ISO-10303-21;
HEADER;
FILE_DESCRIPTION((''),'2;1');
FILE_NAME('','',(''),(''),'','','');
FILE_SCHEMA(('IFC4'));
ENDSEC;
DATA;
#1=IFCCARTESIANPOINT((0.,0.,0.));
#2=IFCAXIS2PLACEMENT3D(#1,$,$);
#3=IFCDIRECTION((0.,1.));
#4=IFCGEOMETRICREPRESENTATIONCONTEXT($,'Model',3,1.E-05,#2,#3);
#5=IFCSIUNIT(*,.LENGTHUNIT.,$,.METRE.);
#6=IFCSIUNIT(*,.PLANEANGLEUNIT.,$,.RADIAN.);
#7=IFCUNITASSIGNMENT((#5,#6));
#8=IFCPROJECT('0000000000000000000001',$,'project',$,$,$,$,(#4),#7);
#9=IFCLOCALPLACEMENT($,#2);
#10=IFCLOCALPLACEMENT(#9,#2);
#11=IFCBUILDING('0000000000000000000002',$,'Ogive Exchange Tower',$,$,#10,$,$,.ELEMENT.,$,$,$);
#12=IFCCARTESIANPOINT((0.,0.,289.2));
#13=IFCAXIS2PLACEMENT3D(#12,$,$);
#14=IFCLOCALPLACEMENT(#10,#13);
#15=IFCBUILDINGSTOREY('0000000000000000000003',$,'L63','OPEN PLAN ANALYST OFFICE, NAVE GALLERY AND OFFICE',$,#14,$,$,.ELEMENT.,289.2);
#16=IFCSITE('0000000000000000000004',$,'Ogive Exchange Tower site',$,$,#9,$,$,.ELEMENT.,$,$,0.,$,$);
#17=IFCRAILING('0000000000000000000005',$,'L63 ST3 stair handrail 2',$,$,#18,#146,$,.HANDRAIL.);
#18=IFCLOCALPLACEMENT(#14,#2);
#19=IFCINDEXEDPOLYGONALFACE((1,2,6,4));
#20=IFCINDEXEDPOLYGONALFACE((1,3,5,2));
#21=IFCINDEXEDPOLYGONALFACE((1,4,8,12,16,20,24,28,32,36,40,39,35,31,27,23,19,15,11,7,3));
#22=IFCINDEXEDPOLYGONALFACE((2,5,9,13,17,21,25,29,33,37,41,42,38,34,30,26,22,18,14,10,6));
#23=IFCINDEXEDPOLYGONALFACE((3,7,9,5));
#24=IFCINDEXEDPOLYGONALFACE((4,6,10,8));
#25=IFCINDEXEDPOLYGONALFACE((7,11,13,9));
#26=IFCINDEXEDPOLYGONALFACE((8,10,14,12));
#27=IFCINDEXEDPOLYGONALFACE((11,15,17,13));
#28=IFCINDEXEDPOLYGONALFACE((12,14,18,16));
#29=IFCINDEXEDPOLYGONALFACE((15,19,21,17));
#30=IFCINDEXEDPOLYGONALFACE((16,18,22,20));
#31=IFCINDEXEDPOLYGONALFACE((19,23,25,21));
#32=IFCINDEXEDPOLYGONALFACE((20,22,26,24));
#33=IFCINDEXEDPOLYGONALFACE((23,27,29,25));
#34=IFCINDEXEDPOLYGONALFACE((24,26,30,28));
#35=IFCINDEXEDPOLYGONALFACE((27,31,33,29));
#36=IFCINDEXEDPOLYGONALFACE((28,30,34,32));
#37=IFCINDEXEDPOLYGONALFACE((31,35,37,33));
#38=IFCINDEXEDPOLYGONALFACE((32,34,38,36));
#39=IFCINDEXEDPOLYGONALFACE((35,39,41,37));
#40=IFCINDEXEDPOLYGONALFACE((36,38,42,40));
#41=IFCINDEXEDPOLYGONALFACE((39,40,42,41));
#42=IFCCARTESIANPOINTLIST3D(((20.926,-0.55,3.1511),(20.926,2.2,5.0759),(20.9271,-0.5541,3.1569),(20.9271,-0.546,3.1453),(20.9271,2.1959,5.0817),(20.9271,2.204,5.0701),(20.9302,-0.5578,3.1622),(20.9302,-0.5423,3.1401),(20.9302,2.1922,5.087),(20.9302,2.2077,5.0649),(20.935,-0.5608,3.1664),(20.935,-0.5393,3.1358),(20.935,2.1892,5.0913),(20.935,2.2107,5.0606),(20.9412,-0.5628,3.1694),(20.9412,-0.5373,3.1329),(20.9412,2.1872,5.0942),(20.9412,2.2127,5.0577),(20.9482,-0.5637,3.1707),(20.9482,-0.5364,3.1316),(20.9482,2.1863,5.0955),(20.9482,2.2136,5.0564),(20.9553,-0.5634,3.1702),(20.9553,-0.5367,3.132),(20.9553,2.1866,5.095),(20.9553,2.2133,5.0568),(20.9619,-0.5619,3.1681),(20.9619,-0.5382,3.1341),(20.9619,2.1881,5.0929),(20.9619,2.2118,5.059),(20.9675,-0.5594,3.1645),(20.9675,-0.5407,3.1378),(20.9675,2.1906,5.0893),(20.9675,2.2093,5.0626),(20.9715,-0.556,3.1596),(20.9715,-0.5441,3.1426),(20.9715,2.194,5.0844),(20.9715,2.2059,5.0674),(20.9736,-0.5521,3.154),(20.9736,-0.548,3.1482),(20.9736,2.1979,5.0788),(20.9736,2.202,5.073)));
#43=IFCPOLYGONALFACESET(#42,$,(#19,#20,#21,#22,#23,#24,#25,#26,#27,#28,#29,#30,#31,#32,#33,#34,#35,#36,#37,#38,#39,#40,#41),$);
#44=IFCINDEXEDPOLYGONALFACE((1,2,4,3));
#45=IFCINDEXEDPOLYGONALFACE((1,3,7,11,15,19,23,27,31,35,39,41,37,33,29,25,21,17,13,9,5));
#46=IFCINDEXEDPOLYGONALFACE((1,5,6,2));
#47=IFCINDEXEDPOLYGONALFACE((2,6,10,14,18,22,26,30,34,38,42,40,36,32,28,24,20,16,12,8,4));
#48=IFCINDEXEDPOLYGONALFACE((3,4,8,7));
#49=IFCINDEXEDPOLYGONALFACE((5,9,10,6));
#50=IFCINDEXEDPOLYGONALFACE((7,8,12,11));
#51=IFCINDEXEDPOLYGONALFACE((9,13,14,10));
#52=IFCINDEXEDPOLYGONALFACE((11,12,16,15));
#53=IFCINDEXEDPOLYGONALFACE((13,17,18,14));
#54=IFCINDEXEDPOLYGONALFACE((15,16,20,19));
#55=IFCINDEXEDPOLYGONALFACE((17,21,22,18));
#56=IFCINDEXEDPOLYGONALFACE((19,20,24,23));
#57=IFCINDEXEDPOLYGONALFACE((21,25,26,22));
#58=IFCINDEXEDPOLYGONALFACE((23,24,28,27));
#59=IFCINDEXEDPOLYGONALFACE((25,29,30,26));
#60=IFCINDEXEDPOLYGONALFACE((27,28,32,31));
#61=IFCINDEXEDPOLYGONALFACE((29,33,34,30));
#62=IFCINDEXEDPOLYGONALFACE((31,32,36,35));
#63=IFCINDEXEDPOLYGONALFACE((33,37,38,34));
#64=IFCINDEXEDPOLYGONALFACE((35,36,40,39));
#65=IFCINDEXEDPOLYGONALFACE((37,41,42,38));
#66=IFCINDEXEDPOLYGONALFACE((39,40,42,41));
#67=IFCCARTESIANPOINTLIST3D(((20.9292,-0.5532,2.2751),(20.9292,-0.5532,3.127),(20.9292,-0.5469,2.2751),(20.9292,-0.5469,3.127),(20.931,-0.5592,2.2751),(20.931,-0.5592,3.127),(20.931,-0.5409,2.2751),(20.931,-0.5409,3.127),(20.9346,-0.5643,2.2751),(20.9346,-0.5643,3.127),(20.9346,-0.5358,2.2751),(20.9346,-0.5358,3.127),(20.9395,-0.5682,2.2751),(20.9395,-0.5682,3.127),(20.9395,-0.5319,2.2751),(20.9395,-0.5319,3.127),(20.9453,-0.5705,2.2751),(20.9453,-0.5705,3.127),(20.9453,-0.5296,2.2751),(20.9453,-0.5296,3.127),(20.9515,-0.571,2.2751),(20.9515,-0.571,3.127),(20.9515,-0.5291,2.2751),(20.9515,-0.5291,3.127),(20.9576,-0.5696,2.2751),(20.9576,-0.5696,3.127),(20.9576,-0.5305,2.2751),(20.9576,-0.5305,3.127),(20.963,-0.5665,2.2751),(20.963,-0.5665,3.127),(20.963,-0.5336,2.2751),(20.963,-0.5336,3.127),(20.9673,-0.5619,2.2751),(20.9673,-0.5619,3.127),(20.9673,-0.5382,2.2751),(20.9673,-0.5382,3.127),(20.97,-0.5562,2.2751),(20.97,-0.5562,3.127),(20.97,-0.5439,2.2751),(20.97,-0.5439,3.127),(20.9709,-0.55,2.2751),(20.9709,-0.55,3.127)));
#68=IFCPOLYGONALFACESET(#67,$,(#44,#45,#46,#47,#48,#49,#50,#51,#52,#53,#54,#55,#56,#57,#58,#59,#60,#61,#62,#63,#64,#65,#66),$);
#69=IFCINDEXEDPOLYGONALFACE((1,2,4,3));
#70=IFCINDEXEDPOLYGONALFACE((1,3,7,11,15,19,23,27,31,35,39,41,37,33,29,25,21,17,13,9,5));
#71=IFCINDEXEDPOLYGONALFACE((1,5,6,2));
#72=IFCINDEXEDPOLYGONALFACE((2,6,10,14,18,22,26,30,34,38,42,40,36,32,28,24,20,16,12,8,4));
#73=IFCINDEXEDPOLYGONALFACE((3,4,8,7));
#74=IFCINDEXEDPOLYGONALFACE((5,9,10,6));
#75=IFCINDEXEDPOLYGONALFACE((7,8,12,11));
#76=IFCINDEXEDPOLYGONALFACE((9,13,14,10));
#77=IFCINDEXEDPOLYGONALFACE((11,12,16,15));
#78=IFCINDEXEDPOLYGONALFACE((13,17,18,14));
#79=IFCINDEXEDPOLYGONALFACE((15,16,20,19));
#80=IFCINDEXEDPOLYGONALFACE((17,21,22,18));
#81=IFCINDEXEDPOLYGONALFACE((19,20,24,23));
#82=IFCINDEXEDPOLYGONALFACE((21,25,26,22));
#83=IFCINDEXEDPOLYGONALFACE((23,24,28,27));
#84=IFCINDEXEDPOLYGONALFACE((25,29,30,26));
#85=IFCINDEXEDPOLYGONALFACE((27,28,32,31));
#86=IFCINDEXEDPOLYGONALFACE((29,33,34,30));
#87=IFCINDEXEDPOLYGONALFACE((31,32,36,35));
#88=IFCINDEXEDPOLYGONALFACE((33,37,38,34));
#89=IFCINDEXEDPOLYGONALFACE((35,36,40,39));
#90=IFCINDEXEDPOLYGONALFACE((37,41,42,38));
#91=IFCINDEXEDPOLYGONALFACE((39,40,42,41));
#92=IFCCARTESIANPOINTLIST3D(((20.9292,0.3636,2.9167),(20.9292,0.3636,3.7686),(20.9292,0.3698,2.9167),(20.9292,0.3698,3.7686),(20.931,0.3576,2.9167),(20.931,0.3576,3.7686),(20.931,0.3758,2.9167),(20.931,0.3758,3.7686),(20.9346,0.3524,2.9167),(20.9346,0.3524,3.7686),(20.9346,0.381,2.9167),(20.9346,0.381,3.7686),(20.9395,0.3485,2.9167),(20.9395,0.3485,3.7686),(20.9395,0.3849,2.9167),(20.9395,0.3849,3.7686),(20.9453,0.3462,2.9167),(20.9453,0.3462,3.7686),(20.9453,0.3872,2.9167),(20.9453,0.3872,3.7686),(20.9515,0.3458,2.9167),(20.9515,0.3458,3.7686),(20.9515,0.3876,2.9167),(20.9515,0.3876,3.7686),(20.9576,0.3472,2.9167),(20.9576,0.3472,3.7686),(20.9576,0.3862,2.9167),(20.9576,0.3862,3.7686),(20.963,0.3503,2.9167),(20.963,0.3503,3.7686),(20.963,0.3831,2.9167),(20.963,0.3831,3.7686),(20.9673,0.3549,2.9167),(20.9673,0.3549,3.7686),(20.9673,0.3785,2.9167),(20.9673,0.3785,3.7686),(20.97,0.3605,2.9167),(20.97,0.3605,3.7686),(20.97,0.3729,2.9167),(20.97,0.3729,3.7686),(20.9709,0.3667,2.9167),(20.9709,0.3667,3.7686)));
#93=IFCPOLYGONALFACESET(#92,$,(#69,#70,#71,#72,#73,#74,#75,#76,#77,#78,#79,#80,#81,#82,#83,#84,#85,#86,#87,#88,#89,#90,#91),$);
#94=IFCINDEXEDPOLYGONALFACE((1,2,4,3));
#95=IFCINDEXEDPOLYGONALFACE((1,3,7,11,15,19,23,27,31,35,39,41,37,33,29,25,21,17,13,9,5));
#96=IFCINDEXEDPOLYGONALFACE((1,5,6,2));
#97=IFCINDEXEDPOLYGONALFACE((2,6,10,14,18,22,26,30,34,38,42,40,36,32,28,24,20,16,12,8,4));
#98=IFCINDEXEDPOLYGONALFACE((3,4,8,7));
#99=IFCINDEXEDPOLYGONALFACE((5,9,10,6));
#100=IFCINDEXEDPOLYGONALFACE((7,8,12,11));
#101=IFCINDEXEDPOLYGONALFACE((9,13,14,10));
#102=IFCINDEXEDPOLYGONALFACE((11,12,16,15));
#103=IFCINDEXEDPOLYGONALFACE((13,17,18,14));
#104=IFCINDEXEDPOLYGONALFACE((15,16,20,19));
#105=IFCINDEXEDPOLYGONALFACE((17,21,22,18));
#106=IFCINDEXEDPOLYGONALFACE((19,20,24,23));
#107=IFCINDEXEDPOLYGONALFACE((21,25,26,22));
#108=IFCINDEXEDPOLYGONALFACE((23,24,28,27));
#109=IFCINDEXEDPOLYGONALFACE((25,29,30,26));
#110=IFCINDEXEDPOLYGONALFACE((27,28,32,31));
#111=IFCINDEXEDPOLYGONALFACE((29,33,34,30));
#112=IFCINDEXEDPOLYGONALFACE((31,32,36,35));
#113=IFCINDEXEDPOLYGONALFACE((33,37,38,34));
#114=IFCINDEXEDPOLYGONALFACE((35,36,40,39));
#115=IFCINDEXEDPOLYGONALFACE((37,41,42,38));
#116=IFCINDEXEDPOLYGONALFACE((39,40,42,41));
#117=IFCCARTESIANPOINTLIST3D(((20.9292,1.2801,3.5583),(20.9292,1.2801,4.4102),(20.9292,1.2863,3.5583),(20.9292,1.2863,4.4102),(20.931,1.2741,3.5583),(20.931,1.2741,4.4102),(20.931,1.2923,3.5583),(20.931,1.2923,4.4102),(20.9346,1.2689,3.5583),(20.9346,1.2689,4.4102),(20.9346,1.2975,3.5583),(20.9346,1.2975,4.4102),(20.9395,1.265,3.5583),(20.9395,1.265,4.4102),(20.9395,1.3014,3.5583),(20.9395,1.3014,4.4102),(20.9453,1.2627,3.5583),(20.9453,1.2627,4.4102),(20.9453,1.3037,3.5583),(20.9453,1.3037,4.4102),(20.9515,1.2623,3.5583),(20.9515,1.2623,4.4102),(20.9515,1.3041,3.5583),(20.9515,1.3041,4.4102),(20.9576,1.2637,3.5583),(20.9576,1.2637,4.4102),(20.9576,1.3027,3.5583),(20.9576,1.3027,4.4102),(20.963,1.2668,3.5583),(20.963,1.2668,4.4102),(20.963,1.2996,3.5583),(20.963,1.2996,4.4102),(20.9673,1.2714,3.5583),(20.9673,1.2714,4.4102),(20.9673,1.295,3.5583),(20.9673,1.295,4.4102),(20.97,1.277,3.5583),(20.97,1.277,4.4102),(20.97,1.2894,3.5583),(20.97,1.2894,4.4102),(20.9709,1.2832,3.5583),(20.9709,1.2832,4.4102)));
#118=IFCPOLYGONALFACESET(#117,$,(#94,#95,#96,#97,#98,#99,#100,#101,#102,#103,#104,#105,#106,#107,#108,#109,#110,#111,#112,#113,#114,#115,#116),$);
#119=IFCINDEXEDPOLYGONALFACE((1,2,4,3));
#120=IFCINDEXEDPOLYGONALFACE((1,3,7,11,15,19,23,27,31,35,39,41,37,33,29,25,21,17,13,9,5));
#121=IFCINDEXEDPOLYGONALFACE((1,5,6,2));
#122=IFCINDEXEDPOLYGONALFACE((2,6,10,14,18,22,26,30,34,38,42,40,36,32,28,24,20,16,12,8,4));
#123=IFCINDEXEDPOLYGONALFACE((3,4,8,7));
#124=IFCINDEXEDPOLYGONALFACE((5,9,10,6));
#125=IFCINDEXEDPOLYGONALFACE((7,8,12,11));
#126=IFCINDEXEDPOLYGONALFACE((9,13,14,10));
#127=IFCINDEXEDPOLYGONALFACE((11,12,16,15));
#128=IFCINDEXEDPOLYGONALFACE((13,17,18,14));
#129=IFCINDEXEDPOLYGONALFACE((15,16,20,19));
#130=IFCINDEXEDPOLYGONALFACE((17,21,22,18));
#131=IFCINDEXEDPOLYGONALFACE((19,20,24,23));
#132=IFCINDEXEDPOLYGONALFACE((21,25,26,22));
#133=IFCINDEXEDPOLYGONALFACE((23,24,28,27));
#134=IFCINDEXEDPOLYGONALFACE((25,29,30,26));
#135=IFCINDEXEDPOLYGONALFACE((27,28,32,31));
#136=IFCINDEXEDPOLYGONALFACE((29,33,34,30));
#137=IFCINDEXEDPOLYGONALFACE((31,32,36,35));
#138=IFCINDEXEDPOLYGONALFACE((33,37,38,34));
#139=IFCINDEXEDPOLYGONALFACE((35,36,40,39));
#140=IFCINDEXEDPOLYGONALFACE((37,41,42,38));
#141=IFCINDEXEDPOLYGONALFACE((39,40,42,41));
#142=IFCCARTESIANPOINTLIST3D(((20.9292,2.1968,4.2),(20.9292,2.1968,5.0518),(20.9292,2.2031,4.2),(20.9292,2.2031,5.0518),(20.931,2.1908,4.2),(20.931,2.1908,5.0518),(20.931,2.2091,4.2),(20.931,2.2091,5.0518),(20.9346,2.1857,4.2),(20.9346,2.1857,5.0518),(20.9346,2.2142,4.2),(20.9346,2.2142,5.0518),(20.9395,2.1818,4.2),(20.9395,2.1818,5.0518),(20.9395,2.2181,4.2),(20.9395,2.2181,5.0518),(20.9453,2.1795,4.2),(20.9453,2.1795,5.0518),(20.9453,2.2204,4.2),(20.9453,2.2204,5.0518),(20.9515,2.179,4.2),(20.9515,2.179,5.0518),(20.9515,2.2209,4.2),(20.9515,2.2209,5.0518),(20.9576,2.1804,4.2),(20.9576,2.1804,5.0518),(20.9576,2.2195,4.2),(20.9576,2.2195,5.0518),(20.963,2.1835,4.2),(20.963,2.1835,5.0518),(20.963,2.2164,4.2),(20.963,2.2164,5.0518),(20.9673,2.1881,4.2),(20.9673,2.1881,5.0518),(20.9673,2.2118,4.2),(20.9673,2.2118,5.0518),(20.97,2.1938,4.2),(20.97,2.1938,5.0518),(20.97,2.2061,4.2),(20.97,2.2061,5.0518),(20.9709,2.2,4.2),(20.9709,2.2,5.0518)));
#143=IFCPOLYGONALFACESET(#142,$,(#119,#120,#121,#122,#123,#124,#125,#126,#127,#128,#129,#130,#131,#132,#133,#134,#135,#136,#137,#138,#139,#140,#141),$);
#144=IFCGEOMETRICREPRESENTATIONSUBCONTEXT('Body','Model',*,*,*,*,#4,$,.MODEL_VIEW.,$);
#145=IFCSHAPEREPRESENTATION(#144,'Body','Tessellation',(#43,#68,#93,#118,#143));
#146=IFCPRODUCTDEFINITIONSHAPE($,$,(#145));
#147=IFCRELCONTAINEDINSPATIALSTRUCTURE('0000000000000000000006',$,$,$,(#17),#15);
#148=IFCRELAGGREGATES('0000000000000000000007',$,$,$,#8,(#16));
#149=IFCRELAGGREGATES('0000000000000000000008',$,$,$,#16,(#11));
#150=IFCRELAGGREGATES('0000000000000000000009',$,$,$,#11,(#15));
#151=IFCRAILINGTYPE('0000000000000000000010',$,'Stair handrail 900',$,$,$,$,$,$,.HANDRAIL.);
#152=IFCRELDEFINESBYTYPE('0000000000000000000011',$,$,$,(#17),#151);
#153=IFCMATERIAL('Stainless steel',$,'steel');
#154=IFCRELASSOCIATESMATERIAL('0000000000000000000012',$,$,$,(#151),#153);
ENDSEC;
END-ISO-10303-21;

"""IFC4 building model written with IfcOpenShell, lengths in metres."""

from ifc_helpers import new_model, si_unit, direction, frame, origin, origin_2d, place, context, subcontext, project, spatial, circle, extrude, material, type_object, element, save


model = new_model("IFC4")

# Units and contexts
model_context = context("Model", 3, precision=1e-05, world=origin(), true_north=direction((0.0, 1.0)))
body_context = subcontext(model_context, "Body", "Model", "MODEL_VIEW")
ifc_project = project(units=[si_unit("LENGTHUNIT", "METRE"), si_unit("PLANEANGLEUNIT", "RADIAN")], contexts=[model_context])

# Site, building, storey
site_placement = place(None, origin())
site = spatial("IfcSite", under=ifc_project, at=site_placement, Name="Ogive Exchange Tower site", CompositionType="ELEMENT", RefElevation=0.0)
building_placement = place(site_placement, origin())
building = spatial("IfcBuilding", under=site, at=building_placement, Name="Ogive Exchange Tower", CompositionType="ELEMENT")
storey_placement = place(building_placement, frame((0.0, 0.0, 289.2)))
storey = spatial("IfcBuildingStorey", under=building, at=storey_placement, Name="L63", Description="OPEN PLAN ANALYST OFFICE, NAVE GALLERY AND OFFICE", CompositionType="ELEMENT", Elevation=289.2)

# Railing
ifc_material_1 = material(Name="Stainless steel", Category="steel")
railing_type_1 = type_object("IfcRailingType", Name="Stair handrail 900", PredefinedType="HANDRAIL", material=ifc_material_1)
railing_1_placement = place(storey_placement, frame((20.95, -0.55, 2.2751)))
element("IfcRailing", 1, at=railing_1_placement, inside=storey, type_object=railing_type_1, Name="L63 ST3 stair handrail 2", PredefinedType="HANDRAIL", context=body_context, shape_type="SweptSolid", body=[
    extrude(circle(Radius=0.0239, at=origin_2d()), frame((0.0, 0.0, 0.876), z_axis=(0.0, 0.819259, 0.573423), x_axis=(-1.0, 0.0, 0.0)), (0.0, 0.0, 1.0), 3.3567),
    extrude(circle(Radius=0.021, at=origin_2d()), origin(), (0.0, 0.0, 1.0), 0.8518),
    extrude(circle(Radius=0.021, at=origin_2d()), frame((0.0, 0.9167, 0.6416)), (0.0, 0.0, 1.0), 0.8518),
    extrude(circle(Radius=0.021, at=origin_2d()), frame((0.0, 1.8333, 1.2832)), (0.0, 0.0, 1.0), 0.8518),
    extrude(circle(Radius=0.021, at=origin_2d()), frame((0.0, 2.75, 1.9248)), (0.0, 0.0, 1.0), 0.8518),
])

save(model, "model.ifc")
